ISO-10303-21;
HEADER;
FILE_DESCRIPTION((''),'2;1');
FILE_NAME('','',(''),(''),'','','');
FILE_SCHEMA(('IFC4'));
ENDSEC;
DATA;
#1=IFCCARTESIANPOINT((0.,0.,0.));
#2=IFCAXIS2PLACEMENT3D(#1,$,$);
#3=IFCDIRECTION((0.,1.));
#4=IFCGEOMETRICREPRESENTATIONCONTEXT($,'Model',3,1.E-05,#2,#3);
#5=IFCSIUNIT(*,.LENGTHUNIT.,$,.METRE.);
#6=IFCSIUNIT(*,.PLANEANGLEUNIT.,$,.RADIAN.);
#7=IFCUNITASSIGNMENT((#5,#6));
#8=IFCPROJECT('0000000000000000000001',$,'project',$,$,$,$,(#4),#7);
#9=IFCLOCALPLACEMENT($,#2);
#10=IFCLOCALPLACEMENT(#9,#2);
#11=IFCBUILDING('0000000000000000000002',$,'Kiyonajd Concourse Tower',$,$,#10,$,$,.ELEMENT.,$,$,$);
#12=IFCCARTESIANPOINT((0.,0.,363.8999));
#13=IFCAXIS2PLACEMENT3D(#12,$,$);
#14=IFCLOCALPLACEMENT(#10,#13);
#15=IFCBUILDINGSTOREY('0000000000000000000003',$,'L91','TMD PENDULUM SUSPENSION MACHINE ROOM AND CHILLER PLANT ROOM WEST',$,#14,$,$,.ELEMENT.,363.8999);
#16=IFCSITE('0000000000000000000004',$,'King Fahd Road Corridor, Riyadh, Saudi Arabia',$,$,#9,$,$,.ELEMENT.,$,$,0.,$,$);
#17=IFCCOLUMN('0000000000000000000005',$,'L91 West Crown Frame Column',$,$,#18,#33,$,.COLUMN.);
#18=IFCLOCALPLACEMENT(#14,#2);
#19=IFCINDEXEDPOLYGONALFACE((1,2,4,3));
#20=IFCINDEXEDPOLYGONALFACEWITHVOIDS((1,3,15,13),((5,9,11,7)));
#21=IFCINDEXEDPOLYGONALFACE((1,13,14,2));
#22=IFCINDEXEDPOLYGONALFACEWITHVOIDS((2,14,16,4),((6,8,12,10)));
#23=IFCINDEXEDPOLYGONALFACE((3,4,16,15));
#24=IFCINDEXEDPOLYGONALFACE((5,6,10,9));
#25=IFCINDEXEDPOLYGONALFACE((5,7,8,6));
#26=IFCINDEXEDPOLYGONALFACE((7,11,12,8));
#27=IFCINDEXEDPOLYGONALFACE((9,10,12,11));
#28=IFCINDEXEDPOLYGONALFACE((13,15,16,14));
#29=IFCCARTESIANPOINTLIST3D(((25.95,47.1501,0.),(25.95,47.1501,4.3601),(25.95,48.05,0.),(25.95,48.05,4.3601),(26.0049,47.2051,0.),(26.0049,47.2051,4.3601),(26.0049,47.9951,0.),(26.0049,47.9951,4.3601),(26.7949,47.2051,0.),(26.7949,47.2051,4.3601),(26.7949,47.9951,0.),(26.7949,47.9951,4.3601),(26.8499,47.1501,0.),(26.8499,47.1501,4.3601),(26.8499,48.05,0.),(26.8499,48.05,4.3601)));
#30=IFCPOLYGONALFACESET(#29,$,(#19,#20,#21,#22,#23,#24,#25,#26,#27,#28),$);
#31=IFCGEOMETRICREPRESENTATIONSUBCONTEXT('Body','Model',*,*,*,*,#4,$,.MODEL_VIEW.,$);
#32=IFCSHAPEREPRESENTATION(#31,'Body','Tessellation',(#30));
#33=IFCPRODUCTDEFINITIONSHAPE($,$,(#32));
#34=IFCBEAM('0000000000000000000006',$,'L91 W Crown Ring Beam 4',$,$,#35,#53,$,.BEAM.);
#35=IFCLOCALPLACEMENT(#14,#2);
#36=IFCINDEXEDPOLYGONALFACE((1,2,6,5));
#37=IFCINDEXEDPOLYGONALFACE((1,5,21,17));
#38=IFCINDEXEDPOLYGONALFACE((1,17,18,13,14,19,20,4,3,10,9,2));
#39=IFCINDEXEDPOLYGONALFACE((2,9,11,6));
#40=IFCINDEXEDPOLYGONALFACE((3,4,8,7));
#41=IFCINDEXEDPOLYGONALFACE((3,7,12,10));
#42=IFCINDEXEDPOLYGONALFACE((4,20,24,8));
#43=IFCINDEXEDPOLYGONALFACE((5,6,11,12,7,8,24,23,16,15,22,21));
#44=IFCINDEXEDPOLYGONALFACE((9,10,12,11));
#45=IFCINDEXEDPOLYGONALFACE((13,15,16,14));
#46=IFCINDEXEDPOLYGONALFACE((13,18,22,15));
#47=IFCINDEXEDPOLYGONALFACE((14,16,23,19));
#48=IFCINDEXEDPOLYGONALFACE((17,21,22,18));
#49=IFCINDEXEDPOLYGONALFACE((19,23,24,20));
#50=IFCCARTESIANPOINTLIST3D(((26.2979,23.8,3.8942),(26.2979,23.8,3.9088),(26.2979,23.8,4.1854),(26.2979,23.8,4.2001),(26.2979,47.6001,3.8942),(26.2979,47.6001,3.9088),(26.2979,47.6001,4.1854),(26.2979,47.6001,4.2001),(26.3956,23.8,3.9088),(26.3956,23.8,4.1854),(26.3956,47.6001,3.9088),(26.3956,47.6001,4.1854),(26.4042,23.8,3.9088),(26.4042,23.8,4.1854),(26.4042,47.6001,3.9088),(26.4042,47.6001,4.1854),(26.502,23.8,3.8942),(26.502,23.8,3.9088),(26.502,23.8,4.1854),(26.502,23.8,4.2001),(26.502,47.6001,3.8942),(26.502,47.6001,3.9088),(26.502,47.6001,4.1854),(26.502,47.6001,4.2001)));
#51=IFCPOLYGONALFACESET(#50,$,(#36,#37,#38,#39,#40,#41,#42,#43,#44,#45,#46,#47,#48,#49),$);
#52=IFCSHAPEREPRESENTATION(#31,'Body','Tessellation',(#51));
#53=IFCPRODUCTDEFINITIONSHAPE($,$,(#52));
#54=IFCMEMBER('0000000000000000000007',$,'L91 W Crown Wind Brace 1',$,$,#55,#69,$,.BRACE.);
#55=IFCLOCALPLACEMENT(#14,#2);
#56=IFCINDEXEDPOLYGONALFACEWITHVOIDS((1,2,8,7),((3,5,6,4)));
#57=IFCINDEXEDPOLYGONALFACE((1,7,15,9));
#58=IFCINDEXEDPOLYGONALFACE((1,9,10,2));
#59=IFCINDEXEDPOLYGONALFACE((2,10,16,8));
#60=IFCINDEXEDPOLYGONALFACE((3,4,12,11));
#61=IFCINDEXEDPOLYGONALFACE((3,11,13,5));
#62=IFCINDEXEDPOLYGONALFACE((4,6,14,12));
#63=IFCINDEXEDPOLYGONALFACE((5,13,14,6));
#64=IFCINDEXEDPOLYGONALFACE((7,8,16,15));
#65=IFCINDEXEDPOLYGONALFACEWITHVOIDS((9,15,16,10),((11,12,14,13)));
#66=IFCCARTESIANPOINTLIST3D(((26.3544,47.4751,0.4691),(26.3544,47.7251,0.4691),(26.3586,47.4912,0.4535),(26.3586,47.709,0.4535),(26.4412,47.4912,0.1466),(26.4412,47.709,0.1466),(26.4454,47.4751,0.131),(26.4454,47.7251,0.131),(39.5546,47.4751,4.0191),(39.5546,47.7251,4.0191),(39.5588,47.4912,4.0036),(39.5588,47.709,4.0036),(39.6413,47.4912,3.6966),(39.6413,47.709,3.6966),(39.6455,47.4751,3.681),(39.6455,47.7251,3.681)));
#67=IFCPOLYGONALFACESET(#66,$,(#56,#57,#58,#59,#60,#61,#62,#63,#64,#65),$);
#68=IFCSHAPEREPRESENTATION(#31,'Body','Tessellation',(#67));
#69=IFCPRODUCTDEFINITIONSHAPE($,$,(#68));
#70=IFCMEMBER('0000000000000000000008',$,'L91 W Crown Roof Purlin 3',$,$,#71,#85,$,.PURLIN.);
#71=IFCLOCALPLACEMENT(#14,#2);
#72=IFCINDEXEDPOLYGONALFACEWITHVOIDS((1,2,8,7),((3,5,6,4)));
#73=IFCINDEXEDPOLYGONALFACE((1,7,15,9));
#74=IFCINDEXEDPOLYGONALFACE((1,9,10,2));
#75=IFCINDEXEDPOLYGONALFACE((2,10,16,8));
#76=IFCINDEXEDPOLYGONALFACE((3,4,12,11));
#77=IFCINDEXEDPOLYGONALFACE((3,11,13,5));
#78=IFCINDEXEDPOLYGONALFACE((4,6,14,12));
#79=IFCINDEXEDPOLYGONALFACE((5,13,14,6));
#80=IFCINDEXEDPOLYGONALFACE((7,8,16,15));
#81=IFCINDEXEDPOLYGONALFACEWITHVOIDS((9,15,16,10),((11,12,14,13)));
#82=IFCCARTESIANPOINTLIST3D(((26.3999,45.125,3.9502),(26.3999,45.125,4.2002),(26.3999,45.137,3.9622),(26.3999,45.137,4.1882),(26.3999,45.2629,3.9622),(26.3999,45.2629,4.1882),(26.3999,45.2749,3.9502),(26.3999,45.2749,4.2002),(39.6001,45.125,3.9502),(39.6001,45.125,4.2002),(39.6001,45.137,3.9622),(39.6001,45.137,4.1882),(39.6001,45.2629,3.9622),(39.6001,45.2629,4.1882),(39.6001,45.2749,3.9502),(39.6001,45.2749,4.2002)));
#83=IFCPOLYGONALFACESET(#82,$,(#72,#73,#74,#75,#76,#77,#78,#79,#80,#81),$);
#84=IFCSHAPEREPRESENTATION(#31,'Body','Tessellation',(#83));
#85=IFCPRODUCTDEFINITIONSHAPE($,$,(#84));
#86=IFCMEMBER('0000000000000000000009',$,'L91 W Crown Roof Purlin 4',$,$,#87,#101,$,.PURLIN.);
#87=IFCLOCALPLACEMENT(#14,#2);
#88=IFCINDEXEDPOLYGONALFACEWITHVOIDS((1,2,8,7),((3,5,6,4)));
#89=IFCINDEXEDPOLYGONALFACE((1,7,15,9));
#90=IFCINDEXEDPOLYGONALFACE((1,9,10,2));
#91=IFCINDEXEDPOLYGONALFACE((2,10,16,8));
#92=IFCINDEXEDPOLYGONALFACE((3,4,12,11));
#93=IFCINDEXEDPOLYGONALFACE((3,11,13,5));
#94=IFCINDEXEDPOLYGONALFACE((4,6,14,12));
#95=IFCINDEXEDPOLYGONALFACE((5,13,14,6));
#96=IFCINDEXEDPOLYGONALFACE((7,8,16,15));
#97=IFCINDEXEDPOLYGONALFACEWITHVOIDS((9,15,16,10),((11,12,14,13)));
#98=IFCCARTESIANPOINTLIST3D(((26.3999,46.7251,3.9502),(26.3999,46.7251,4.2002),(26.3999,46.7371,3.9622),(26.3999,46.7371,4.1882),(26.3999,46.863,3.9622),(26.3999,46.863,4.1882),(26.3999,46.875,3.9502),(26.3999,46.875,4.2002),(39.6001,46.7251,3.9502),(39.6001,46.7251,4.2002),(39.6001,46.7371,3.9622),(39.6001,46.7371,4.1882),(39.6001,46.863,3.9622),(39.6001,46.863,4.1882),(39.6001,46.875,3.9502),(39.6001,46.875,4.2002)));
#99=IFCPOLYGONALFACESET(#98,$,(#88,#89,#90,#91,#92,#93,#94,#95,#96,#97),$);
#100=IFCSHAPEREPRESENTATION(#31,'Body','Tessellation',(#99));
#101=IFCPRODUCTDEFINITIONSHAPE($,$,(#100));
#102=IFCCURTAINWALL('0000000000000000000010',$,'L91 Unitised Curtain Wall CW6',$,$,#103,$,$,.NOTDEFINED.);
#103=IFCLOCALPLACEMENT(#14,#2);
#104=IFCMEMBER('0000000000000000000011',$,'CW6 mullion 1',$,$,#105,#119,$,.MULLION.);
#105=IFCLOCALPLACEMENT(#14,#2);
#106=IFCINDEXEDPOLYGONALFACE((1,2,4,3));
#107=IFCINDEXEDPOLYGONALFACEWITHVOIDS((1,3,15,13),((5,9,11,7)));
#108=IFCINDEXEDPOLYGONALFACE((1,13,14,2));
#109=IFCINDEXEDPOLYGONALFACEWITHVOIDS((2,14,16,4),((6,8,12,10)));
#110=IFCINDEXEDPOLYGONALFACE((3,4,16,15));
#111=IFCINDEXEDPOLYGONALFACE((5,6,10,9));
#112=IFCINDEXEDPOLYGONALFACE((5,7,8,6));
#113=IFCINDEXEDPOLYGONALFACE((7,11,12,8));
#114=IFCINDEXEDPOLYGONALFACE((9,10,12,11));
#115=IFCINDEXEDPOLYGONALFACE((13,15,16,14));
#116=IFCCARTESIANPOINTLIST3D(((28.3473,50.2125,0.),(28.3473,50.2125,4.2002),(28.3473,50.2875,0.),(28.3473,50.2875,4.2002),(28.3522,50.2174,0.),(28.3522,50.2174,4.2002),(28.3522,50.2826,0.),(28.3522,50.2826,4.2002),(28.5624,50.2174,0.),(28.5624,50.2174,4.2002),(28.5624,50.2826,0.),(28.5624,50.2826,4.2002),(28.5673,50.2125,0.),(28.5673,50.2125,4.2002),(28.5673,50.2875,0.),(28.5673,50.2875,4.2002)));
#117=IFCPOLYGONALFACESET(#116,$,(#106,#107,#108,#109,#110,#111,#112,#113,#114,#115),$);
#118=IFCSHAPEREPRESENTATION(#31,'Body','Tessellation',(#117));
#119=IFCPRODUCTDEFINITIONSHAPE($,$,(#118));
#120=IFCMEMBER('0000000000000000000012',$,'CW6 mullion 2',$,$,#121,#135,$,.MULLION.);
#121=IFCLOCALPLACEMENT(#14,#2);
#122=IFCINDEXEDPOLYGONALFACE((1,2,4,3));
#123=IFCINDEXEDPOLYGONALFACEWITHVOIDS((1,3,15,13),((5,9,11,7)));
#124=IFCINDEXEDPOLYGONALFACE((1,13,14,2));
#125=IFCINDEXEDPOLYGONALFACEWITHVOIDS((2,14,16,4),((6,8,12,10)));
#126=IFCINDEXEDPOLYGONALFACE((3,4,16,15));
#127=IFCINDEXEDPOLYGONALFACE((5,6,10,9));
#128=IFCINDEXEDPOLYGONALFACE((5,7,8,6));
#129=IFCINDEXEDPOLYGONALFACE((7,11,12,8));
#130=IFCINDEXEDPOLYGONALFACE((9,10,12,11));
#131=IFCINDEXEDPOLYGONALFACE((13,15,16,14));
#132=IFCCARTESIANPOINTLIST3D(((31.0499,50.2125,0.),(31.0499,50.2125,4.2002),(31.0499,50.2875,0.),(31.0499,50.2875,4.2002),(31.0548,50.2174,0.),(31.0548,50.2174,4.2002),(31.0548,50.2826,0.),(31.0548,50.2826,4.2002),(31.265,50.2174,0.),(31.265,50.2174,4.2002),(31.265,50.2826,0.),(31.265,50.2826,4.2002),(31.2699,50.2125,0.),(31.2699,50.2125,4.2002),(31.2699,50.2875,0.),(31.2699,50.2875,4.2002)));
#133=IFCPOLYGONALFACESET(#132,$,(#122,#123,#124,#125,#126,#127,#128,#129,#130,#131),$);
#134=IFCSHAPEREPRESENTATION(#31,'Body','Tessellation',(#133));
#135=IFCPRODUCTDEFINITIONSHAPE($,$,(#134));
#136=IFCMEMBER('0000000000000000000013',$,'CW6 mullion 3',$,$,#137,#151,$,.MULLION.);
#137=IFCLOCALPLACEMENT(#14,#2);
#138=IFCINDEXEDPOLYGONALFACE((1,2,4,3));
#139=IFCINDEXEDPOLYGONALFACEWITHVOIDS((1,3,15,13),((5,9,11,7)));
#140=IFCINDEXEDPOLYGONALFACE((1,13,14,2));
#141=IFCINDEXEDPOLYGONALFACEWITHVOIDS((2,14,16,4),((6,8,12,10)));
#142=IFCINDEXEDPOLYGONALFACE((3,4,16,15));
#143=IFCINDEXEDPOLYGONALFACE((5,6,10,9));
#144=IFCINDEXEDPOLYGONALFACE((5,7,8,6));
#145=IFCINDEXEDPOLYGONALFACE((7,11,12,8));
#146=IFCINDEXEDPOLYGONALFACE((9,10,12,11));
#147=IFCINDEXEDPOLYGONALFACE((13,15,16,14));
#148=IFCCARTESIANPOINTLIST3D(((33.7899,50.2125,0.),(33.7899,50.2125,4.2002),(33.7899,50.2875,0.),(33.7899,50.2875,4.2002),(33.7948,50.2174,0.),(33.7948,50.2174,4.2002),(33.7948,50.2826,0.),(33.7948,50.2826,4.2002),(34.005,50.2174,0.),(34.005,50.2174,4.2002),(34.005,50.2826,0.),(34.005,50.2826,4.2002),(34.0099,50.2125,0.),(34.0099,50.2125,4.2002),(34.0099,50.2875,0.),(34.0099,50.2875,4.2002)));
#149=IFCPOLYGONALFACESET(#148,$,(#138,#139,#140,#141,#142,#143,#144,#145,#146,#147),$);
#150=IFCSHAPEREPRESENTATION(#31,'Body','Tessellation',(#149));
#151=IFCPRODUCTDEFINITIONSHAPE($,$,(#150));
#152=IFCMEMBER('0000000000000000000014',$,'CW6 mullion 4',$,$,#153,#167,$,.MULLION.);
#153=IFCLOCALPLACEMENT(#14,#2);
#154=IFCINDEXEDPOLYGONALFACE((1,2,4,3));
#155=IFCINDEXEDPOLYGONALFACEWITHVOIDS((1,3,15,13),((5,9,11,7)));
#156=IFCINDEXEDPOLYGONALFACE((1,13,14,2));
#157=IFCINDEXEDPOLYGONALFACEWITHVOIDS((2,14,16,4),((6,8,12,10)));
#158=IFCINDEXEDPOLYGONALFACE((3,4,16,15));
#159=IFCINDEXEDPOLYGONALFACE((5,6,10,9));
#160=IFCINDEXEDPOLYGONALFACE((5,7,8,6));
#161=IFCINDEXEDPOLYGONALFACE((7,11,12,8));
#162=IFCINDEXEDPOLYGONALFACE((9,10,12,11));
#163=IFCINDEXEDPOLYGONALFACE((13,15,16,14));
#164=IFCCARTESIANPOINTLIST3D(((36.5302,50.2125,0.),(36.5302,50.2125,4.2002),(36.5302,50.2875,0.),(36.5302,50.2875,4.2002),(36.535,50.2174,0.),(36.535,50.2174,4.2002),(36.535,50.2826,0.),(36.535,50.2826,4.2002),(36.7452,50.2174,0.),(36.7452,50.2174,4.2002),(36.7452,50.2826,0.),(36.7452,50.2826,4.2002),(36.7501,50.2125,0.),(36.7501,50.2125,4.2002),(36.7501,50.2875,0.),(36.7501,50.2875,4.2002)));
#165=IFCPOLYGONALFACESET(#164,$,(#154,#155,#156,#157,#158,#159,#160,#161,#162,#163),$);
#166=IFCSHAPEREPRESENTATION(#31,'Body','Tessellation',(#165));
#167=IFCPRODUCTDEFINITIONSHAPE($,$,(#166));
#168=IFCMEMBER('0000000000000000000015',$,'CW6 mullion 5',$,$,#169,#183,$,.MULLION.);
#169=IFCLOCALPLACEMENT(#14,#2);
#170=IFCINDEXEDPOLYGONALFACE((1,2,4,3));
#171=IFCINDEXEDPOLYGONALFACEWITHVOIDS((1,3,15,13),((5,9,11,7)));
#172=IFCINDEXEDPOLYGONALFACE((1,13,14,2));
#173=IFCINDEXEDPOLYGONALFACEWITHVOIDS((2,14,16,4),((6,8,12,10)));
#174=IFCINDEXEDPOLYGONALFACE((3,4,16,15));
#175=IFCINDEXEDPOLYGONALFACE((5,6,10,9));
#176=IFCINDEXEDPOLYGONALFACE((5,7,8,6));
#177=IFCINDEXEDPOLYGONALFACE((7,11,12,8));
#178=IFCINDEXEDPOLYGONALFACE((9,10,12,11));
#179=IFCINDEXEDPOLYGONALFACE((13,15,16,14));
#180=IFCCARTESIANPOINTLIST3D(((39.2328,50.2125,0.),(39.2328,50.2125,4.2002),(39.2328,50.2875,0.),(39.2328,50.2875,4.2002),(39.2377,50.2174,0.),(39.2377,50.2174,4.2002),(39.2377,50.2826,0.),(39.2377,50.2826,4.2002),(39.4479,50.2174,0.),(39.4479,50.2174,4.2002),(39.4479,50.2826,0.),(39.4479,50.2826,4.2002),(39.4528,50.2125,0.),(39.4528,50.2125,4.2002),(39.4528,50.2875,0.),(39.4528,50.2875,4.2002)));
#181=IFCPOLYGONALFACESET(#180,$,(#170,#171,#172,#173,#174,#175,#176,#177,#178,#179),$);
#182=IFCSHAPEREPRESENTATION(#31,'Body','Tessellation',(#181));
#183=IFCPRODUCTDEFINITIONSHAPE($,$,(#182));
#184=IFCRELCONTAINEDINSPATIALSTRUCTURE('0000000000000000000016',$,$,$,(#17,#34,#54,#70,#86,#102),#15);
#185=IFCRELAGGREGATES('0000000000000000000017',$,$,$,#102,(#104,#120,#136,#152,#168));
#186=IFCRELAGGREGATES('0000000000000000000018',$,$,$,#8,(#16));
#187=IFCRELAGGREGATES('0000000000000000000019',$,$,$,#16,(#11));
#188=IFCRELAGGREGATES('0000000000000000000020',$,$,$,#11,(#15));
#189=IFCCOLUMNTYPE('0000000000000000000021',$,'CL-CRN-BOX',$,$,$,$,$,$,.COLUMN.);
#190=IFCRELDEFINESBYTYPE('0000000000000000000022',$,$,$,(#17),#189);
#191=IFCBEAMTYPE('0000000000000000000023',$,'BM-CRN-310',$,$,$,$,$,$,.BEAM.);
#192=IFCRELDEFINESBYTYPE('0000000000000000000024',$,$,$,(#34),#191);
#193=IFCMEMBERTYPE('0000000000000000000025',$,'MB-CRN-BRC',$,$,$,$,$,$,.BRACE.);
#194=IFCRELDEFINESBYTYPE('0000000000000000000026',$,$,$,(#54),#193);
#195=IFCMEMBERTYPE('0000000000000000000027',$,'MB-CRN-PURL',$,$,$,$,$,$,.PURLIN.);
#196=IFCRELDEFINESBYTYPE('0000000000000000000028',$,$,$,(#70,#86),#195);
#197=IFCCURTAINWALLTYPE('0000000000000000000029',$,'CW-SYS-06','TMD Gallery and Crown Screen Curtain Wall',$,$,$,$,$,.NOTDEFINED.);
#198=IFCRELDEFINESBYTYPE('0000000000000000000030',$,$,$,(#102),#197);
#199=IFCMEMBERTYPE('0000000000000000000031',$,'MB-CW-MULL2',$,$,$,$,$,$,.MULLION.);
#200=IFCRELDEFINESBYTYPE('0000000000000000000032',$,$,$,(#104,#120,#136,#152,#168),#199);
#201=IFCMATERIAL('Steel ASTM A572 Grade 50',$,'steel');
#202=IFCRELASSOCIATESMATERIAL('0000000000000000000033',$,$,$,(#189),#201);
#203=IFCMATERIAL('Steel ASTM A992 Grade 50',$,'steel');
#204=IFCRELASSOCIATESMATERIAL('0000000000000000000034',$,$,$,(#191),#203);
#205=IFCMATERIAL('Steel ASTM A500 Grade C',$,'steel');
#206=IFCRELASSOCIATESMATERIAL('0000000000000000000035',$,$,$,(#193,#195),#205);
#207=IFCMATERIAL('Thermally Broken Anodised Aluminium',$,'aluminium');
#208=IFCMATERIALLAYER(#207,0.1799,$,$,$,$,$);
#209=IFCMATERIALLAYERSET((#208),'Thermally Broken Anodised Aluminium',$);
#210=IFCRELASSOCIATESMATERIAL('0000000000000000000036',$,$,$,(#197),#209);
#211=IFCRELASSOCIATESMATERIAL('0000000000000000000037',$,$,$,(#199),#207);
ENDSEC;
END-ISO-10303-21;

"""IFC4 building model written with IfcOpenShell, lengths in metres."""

from ifc_helpers import new_model, si_unit, direction, frame, origin, origin_2d, place, context, subcontext, project, spatial, hollow_rectangle, i_section, extrude, material, layer, layer_set, material_profile, profile_set, type_object, element, aggregate, save


model = new_model("IFC4")

# Units and contexts
model_context = context("Model", 3, precision=1e-05, world=origin(), true_north=direction((0.0, 1.0)))
body_context = subcontext(model_context, "Body", "Model", "MODEL_VIEW")
ifc_project = project(units=[si_unit("LENGTHUNIT", "METRE"), si_unit("PLANEANGLEUNIT", "RADIAN")], contexts=[model_context])

# Site, building, storey
site_placement = place(None, origin())
site = spatial("IfcSite", under=ifc_project, at=site_placement, Name="King Fahd Road Corridor, Riyadh, Saudi Arabia", CompositionType="ELEMENT", RefElevation=0.0)
building_placement = place(site_placement, origin())
building = spatial("IfcBuilding", under=site, at=building_placement, Name="Kiyonajd Concourse Tower", CompositionType="ELEMENT")
storey_placement = place(building_placement, frame((0.0, 0.0, 363.8999)))
storey = spatial("IfcBuildingStorey", under=building, at=storey_placement, Name="L91", Description="TMD PENDULUM SUSPENSION MACHINE ROOM AND CHILLER PLANT ROOM WEST", CompositionType="ELEMENT", Elevation=363.8999)

# Column
ifc_material_1 = material(Name="Steel ASTM A572 Grade 50", Category="steel")
ifc_material_profile_1 = material_profile(ifc_material_1, hollow_rectangle(XDim=0.8999, YDim=0.8999, WallThickness=0.0549, at=origin_2d()), Name="BOX-900x900x55")
ifc_profile_set_1 = profile_set([ifc_material_profile_1], Name="Steel ASTM A572 Grade 50")
column_type = type_object("IfcColumnType", Name="CL-CRN-BOX", PredefinedType="COLUMN", material=ifc_profile_set_1)
column_placement = place(storey_placement, frame((26.3999, 47.6001, 0.0), z_axis=(0.0, 0.0, 1.0), x_axis=(1.0, 0.0, 0.0)))
element("IfcColumn", 1, at=column_placement, inside=storey, type_object=column_type, Name="L91 West Crown Frame Column", PredefinedType="COLUMN", context=body_context, shape_type="SweptSolid", body=[
    extrude(hollow_rectangle(XDim=0.8999, YDim=0.8999, WallThickness=0.0549, at=origin_2d()), origin(), (0.0, 0.0, 1.0), 4.3601),
])

# Beam
ifc_material_2 = material(Name="Steel ASTM A992 Grade 50", Category="steel")
ifc_material_profile_2 = material_profile(ifc_material_2, i_section(OverallWidth=0.2041, OverallDepth=0.3059, WebThickness=0.0085, FlangeThickness=0.0146, at=origin_2d()), Name="W310X67")
ifc_profile_set_2 = profile_set([ifc_material_profile_2], Name="Steel ASTM A992 Grade 50")
beam_type = type_object("IfcBeamType", Name="BM-CRN-310", PredefinedType="BEAM", material=ifc_profile_set_2)
beam_placement = place(storey_placement, frame((26.3999, 47.6001, 4.0471), z_axis=(0.0, -1.0, 0.0), x_axis=(1.0, 0.0, 0.0)))
element("IfcBeam", 2, at=beam_placement, inside=storey, type_object=beam_type, Name="L91 W Crown Ring Beam 4", PredefinedType="BEAM", context=body_context, shape_type="SweptSolid", body=[
    extrude(i_section(OverallWidth=0.2041, OverallDepth=0.3059, WebThickness=0.0085, FlangeThickness=0.0146, at=origin_2d()), origin(), (0.0, 0.0, 1.0), 23.8),
])

# Members
ifc_material_3 = material(Name="Steel ASTM A500 Grade C", Category="steel")
ifc_material_profile_3 = material_profile(ifc_material_3, hollow_rectangle(XDim=0.25, YDim=0.3501, WallThickness=0.0161, at=origin_2d()), Name="HSS-350x250x16")
ifc_profile_set_3 = profile_set([ifc_material_profile_3], Name="Steel ASTM A500 Grade C")
member_type_1 = type_object("IfcMemberType", Name="MB-CRN-BRC", PredefinedType="BRACE", material=ifc_profile_set_3)
member_1_placement = place(storey_placement, frame((26.3999, 47.6001, 0.3), z_axis=(0.965686, 0.0, 0.259711), x_axis=(0.0, 1.0, 0.0)))
element("IfcMember", 3, at=member_1_placement, inside=storey, type_object=member_type_1, Name="L91 W Crown Wind Brace 1", PredefinedType="BRACE", context=body_context, shape_type="SweptSolid", body=[
    extrude(hollow_rectangle(XDim=0.25, YDim=0.3501, WallThickness=0.0161, at=origin_2d()), origin(), (0.0, 0.0, 1.0), 13.6692),
])
ifc_material_profile_4 = material_profile(ifc_material_3, hollow_rectangle(XDim=0.1499, YDim=0.25, WallThickness=0.012, at=origin_2d()), Name="HSS-250x150x12")
ifc_profile_set_4 = profile_set([ifc_material_profile_4], Name="Steel ASTM A500 Grade C")
member_type_2 = type_object("IfcMemberType", Name="MB-CRN-PURL", PredefinedType="PURLIN", material=ifc_profile_set_4)
for number, where, z_axis, x_axis, name in (
    (4, (26.3999, 45.2, 4.0752), (1.0, 0.0, 0.0), (0.0, 1.0, 0.0), "L91 W Crown Roof Purlin 3"),
    (5, (26.3999, 46.8, 4.0752), (1.0, 0.0, 0.0), (0.0, 1.0, 0.0), "L91 W Crown Roof Purlin 4"),
):
    element("IfcMember", number, at=place(storey_placement, frame(where, z_axis=z_axis, x_axis=x_axis)), inside=storey, type_object=member_type_2, Name=name, PredefinedType="PURLIN", context=body_context, shape_type="SweptSolid", body=[
        extrude(hollow_rectangle(XDim=0.1499, YDim=0.25, WallThickness=0.012, at=origin_2d()), origin(), (0.0, 0.0, 1.0), 13.2002),
    ])

# Curtain wall, members
ifc_material_4 = material(Name="Thermally Broken Anodised Aluminium", Category="aluminium")
ifc_layer_1 = layer(ifc_material_4, 0.1799)
ifc_layer_set_1 = layer_set([ifc_layer_1], Name="Thermally Broken Anodised Aluminium")
curtain_wall_type = type_object("IfcCurtainWallType", Name="CW-SYS-06", Description="TMD Gallery and Crown Screen Curtain Wall", PredefinedType="NOTDEFINED", material=ifc_layer_set_1)
curtain_wall_placement = place(storey_placement, origin())
curtain_wall = element("IfcCurtainWall", 6, at=curtain_wall_placement, inside=storey, type_object=curtain_wall_type, Name="L91 Unitised Curtain Wall CW6", PredefinedType="NOTDEFINED")
ifc_material_profile_5 = material_profile(ifc_material_4, hollow_rectangle(XDim=0.075, YDim=0.22, WallThickness=0.0049, at=origin_2d()), Name="MULL-75x220")
ifc_profile_set_5 = profile_set([ifc_material_profile_5], Name="Thermally Broken Anodised Aluminium")
member_type_3 = type_object("IfcMemberType", Name="MB-CW-MULL2", PredefinedType="MULLION", material=ifc_profile_set_5)
member_2_placement = place(storey_placement, frame((28.4573, 50.25, 0.0), z_axis=(0.0, 0.0, 1.0), x_axis=(0.0, 1.0, 0.0)))
member_2 = element("IfcMember", 7, at=member_2_placement, type_object=member_type_3, Name="CW6 mullion 1", PredefinedType="MULLION", context=body_context, shape_type="SweptSolid", body=[
    extrude(hollow_rectangle(XDim=0.075, YDim=0.22, WallThickness=0.0049, at=origin_2d()), origin(), (0.0, 0.0, 1.0), 4.2002),
])
member_3_placement = place(storey_placement, frame((31.1599, 50.25, 0.0), z_axis=(0.0, 0.0, 1.0), x_axis=(0.0, 1.0, 0.0)))
member_3 = element("IfcMember", 8, at=member_3_placement, type_object=member_type_3, Name="CW6 mullion 2", PredefinedType="MULLION", context=body_context, shape_type="SweptSolid", body=[
    extrude(hollow_rectangle(XDim=0.075, YDim=0.22, WallThickness=0.0049, at=origin_2d()), origin(), (0.0, 0.0, 1.0), 4.2002),
])
member_4_placement = place(storey_placement, frame((33.8999, 50.25, 0.0), z_axis=(0.0, 0.0, 1.0), x_axis=(0.0, 1.0, 0.0)))
member_4 = element("IfcMember", 9, at=member_4_placement, type_object=member_type_3, Name="CW6 mullion 3", PredefinedType="MULLION", context=body_context, shape_type="SweptSolid", body=[
    extrude(hollow_rectangle(XDim=0.075, YDim=0.22, WallThickness=0.0049, at=origin_2d()), origin(), (0.0, 0.0, 1.0), 4.2002),
])
member_5_placement = place(storey_placement, frame((36.6401, 50.25, 0.0), z_axis=(0.0, 0.0, 1.0), x_axis=(0.0, 1.0, 0.0)))
member_5 = element("IfcMember", 10, at=member_5_placement, type_object=member_type_3, Name="CW6 mullion 4", PredefinedType="MULLION", context=body_context, shape_type="SweptSolid", body=[
    extrude(hollow_rectangle(XDim=0.075, YDim=0.22, WallThickness=0.0049, at=origin_2d()), origin(), (0.0, 0.0, 1.0), 4.2002),
])
member_6_placement = place(storey_placement, frame((39.3428, 50.25, 0.0), z_axis=(0.0, 0.0, 1.0), x_axis=(0.0, 1.0, 0.0)))
member_6 = element("IfcMember", 11, at=member_6_placement, type_object=member_type_3, Name="CW6 mullion 5", PredefinedType="MULLION", context=body_context, shape_type="SweptSolid", body=[
    extrude(hollow_rectangle(XDim=0.075, YDim=0.22, WallThickness=0.0049, at=origin_2d()), origin(), (0.0, 0.0, 1.0), 4.2002),
])

aggregate(curtain_wall, [member_2, member_3, member_4, member_5, member_6])

save(model, "model.ifc")
